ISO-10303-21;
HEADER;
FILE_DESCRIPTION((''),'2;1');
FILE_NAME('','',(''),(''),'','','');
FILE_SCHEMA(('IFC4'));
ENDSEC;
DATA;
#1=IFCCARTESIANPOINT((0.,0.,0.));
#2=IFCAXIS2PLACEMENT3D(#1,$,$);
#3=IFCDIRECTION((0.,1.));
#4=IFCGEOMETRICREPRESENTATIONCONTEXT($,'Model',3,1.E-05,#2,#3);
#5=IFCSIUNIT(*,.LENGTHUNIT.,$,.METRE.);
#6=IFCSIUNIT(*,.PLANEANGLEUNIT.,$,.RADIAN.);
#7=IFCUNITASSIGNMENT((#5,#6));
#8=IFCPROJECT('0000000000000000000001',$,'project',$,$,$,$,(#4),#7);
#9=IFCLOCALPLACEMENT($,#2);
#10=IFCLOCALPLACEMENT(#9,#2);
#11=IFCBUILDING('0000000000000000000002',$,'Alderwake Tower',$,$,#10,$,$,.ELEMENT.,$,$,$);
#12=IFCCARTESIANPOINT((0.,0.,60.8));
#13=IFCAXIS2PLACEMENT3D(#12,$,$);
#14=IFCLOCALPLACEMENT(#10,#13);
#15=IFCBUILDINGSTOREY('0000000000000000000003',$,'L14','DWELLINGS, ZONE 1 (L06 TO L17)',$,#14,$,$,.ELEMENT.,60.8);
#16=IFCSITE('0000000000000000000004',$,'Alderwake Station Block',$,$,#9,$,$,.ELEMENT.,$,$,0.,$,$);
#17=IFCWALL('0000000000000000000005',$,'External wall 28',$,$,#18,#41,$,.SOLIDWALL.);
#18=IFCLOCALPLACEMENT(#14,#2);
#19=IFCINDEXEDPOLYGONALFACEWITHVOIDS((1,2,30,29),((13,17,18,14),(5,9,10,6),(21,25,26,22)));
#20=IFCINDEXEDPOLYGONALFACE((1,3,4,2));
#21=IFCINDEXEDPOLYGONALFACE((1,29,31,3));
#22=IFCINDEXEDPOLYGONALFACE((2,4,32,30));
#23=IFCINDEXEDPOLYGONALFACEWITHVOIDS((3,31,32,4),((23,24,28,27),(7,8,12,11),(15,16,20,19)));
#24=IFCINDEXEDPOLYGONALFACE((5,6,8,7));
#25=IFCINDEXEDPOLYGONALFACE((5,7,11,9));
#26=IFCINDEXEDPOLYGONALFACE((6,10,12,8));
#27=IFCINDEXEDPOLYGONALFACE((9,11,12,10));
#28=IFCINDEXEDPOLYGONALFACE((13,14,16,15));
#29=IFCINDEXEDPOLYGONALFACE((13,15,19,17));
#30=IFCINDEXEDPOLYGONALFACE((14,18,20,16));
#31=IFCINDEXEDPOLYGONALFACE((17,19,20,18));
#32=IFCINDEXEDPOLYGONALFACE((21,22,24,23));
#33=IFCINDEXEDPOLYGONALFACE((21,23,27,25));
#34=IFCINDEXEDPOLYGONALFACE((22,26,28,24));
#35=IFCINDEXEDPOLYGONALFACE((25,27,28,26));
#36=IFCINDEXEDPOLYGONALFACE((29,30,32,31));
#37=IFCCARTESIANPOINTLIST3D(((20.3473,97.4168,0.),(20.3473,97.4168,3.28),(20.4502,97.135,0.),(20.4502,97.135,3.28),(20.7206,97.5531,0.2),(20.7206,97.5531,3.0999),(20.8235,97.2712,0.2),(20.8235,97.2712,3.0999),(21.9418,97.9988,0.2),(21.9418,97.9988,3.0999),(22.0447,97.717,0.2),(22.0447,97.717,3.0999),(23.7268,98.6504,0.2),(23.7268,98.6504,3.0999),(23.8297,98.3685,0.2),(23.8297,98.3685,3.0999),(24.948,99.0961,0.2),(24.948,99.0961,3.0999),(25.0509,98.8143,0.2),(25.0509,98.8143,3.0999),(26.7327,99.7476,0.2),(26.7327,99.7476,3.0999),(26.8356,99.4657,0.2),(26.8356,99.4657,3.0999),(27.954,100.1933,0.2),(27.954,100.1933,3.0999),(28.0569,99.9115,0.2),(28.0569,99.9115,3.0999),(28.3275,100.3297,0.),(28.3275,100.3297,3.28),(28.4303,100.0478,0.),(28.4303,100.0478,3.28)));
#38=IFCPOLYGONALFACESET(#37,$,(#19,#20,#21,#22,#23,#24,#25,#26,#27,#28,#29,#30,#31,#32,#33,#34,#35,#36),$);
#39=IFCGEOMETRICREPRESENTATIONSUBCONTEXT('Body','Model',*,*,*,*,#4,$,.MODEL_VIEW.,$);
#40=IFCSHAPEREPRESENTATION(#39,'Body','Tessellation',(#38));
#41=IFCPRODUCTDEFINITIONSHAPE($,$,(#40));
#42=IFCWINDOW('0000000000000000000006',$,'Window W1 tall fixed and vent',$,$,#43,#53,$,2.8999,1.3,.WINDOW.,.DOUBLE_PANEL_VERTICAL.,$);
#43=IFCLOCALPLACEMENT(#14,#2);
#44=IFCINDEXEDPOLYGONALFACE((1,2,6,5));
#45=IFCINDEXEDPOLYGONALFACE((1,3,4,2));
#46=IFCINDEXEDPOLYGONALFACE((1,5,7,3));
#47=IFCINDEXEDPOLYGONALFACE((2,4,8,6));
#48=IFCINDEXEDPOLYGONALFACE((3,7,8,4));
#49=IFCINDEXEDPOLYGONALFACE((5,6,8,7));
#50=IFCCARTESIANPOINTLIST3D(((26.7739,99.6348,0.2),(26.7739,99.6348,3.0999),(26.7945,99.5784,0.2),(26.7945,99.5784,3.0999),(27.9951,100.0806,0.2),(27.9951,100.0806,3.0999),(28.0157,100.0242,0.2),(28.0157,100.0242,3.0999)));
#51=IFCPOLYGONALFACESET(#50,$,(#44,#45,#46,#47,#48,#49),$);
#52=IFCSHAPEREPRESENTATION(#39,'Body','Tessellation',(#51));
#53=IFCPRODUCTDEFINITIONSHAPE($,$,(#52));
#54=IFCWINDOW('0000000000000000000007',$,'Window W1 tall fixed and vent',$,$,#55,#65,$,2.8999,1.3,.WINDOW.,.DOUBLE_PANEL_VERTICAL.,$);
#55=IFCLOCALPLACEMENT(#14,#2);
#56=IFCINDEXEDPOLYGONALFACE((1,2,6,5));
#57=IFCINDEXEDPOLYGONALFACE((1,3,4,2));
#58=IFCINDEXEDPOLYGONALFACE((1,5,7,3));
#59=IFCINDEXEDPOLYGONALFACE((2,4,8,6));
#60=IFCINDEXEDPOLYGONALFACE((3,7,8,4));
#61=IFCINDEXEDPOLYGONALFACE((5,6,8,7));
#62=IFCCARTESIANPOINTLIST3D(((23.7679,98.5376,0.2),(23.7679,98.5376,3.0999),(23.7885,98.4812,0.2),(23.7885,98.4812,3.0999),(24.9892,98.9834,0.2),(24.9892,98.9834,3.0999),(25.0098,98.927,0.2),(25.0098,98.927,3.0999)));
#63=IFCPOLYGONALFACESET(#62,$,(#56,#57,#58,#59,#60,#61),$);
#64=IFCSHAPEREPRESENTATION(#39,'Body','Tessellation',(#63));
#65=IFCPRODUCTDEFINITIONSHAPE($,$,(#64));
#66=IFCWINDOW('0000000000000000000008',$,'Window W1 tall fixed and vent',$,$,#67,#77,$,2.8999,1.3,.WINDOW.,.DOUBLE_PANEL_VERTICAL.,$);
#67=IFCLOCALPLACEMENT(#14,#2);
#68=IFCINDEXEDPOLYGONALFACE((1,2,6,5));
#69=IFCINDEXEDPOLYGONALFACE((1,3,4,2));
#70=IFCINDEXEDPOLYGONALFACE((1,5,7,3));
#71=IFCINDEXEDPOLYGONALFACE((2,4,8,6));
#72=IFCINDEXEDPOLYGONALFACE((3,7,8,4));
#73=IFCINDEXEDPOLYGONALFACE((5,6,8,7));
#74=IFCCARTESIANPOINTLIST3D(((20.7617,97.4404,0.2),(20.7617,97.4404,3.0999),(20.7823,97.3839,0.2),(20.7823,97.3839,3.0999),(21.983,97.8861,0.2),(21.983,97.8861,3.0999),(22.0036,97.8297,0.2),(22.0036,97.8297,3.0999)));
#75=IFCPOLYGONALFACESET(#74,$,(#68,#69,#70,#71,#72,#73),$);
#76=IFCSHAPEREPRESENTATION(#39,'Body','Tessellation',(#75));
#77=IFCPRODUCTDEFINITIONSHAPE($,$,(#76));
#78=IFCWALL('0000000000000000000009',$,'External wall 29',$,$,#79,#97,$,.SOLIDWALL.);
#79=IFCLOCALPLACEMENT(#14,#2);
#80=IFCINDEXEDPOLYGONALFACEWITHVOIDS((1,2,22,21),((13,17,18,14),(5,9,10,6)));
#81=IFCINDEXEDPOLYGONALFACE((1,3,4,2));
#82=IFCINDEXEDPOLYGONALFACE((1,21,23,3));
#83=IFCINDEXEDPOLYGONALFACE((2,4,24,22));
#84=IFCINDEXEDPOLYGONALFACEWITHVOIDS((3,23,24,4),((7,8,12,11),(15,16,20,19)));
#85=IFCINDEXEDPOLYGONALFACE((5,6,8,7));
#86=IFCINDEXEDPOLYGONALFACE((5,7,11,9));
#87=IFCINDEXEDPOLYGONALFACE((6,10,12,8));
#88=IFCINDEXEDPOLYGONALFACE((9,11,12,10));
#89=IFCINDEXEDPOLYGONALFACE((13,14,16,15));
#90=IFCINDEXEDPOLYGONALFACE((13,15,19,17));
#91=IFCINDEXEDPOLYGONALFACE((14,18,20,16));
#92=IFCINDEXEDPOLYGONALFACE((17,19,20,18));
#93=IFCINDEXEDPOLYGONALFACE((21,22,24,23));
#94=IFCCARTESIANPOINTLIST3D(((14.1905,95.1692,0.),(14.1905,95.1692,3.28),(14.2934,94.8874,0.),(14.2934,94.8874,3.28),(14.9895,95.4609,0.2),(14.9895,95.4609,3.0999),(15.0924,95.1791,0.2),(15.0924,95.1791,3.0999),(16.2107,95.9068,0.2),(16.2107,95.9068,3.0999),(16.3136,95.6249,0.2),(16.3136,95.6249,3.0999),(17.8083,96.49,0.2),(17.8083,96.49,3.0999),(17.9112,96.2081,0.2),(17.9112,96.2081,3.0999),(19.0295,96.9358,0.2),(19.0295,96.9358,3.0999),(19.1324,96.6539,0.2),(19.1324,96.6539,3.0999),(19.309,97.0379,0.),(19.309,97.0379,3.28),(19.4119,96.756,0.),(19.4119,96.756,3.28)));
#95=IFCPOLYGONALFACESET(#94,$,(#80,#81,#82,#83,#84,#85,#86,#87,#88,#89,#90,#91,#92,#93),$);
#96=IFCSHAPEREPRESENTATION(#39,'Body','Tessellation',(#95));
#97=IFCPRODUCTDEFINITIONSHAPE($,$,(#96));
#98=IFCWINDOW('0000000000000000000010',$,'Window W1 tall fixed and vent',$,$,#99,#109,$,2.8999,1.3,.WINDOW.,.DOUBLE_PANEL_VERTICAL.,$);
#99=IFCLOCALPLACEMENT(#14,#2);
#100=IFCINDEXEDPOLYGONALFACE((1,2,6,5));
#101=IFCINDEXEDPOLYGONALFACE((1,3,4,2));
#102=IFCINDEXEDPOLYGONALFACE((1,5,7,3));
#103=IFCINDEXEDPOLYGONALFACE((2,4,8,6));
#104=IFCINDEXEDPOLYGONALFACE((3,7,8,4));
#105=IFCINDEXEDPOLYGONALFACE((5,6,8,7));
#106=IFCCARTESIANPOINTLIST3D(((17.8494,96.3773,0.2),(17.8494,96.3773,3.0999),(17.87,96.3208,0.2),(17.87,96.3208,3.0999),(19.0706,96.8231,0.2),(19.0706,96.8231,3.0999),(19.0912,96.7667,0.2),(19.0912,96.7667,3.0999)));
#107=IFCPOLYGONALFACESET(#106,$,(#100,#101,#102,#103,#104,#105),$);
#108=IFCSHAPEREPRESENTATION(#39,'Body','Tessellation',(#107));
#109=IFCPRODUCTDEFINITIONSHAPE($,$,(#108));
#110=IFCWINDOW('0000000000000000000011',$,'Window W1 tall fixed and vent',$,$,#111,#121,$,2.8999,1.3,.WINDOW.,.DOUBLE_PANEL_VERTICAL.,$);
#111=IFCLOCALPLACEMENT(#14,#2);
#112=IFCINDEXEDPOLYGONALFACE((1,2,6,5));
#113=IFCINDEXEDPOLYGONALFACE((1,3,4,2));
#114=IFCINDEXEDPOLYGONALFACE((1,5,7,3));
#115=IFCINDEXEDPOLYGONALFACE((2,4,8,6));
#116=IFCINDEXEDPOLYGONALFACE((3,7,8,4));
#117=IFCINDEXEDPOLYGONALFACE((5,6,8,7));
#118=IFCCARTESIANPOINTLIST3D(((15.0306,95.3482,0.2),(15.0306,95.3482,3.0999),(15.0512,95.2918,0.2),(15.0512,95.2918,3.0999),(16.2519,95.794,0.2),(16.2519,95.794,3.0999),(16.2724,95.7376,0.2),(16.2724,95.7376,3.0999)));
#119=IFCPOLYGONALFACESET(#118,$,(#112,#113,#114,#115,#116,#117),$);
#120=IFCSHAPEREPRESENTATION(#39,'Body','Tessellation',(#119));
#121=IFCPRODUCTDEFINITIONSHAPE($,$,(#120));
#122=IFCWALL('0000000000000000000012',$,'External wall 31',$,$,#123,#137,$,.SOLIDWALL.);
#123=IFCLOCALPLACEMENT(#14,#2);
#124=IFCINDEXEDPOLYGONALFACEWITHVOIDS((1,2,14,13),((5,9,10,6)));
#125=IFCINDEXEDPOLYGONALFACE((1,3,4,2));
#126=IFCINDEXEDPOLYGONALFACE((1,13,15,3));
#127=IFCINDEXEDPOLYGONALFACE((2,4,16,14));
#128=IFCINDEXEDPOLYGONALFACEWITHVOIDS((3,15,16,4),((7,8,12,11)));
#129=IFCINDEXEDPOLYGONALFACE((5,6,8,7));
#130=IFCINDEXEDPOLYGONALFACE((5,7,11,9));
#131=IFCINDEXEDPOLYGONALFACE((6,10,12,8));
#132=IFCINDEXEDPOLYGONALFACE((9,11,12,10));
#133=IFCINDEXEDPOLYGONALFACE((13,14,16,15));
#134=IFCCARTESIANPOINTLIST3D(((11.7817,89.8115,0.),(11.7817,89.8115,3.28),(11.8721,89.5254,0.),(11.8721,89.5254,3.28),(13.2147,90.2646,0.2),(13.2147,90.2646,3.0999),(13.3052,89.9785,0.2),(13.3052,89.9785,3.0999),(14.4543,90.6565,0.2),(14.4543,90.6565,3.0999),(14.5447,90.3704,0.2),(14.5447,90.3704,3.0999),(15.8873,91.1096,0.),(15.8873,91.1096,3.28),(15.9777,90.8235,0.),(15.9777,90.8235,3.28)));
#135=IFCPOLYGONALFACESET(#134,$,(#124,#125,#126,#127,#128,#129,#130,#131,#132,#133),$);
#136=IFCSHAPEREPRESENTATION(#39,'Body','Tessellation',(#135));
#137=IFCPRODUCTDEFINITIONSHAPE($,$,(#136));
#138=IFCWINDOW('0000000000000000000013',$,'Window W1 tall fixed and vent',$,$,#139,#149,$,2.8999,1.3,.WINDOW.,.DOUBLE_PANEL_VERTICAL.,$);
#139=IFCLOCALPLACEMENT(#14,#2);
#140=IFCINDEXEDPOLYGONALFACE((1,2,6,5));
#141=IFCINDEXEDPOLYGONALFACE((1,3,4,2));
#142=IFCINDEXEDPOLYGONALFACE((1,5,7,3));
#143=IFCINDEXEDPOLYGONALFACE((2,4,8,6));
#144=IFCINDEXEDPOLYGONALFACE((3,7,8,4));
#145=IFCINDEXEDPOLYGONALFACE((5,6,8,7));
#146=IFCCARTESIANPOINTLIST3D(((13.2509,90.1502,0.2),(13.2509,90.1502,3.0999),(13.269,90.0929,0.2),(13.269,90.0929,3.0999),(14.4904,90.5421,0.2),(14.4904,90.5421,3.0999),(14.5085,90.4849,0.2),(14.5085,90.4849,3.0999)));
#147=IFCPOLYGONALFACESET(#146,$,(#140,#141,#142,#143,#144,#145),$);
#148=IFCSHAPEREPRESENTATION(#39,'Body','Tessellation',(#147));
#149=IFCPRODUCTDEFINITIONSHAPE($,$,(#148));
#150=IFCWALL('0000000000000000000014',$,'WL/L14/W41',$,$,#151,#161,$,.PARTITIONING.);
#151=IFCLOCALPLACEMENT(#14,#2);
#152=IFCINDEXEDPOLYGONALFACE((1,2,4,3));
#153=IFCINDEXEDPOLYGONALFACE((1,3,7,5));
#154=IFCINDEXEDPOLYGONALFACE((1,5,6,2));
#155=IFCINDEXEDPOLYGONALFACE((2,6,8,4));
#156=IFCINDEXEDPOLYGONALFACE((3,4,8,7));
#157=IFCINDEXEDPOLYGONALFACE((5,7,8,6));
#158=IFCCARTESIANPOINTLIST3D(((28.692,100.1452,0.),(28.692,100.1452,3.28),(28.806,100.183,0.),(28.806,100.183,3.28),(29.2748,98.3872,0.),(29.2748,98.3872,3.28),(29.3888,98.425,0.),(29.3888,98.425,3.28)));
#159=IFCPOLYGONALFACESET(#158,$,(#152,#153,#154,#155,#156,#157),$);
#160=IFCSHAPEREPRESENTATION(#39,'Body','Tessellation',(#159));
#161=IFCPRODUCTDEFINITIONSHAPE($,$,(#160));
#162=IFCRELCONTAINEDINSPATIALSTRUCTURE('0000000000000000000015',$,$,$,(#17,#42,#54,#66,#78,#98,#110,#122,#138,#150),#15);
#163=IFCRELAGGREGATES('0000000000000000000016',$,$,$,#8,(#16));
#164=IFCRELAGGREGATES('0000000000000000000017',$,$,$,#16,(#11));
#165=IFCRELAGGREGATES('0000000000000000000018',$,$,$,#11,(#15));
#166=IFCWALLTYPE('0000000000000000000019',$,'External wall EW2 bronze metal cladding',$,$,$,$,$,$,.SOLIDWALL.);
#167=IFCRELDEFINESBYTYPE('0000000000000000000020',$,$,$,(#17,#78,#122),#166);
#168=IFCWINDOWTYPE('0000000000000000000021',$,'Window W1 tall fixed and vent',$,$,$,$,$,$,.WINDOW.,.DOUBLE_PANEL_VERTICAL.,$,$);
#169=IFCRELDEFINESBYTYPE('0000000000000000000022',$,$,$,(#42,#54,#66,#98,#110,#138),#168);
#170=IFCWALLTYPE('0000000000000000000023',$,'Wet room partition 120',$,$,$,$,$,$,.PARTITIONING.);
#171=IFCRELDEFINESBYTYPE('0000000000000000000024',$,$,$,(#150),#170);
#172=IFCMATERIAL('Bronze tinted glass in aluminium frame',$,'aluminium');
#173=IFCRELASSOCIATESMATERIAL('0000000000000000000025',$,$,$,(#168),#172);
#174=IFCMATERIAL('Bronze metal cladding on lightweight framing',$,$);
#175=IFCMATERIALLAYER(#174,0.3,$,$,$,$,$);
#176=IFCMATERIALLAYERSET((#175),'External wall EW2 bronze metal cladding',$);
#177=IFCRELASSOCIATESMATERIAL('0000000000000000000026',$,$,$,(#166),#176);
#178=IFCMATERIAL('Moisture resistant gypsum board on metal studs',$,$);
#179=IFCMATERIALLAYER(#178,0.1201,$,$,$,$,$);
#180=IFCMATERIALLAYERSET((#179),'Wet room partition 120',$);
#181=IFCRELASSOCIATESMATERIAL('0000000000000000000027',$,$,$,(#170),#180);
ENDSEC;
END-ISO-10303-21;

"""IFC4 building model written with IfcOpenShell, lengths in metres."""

from ifc_helpers import new_model, si_unit, direction, frame, frame_2d, origin, place, context, subcontext, project, spatial, rectangle, extrude, material, layer, layer_set, type_object, element, fill, save


model = new_model("IFC4")

# Units and contexts
model_context = context("Model", 3, precision=1e-05, world=origin(), true_north=direction((0.0, 1.0)))
body_context = subcontext(model_context, "Body", "Model", "MODEL_VIEW")
ifc_project = project(units=[si_unit("LENGTHUNIT", "METRE"), si_unit("PLANEANGLEUNIT", "RADIAN")], contexts=[model_context])

# Site, building, storey
site_placement = place(None, origin())
site = spatial("IfcSite", under=ifc_project, at=site_placement, Name="Alderwake Station Block", CompositionType="ELEMENT", RefElevation=0.0)
building_placement = place(site_placement, origin())
building = spatial("IfcBuilding", under=site, at=building_placement, Name="Alderwake Tower", CompositionType="ELEMENT")
storey_placement = place(building_placement, frame((0.0, 0.0, 60.8)))
storey = spatial("IfcBuildingStorey", under=building, at=storey_placement, Name="L14", Description="DWELLINGS, ZONE 1 (L06 TO L17)", CompositionType="ELEMENT", Elevation=60.8)

# Shared definitions
ifc_material_1 = material(Name="Bronze tinted glass in aluminium frame", Category="aluminium")
window_type = type_object("IfcWindowType", Name="Window W1 tall fixed and vent", PartitioningType="DOUBLE_PANEL_VERTICAL", PredefinedType="WINDOW", material=ifc_material_1)

# Walls, openings, windows
ifc_material_2 = material(Name="Bronze metal cladding on lightweight framing")
ifc_layer_1 = layer(ifc_material_2, 0.3)
ifc_layer_set_1 = layer_set([ifc_layer_1], Name="External wall EW2 bronze metal cladding")
wall_type_1 = type_object("IfcWallType", Name="External wall EW2 bronze metal cladding", PredefinedType="SOLIDWALL", material=ifc_layer_set_1)
wall_1_placement = place(storey_placement, frame((28.3789, 100.1887, 0.0), z_axis=(0.0, 0.0, 1.0), x_axis=(-0.939379, -0.34288, 0.0)))
wall_1 = element("IfcWall", 1, at=wall_1_placement, inside=storey, type_object=wall_type_1, Name="External wall 28", PredefinedType="SOLIDWALL", context=body_context, shape_type="SweptSolid", body=[
    extrude(rectangle(XDim=8.4951, YDim=0.3, at=frame_2d((4.2476, 0.0))), origin(), (0.0, 0.0, 1.0), 3.28),
])
opening_1_placement = place(wall_1_placement, frame((0.3977, 0.0, 0.2)))
opening_1 = element("IfcOpeningElement", 2, at=opening_1_placement, cuts=wall_1, PredefinedType="OPENING", context=body_context, shape_type="SweptSolid", body=[
    extrude(rectangle(XDim=1.3, YDim=2.8999, at=frame_2d((0.6499, 1.45))), frame((0.0, 0.1599, 0.0), z_axis=(0.0, -1.0, 0.0), x_axis=(1.0, 0.0, 0.0)), (0.0, 0.0, 1.0), 0.3201),
])
opening_2_placement = place(wall_1_placement, frame((3.5977, 0.0, 0.2)))
opening_2 = element("IfcOpeningElement", 3, at=opening_2_placement, cuts=wall_1, PredefinedType="OPENING", context=body_context, shape_type="SweptSolid", body=[
    extrude(rectangle(XDim=1.3, YDim=2.8999, at=frame_2d((0.6499, 1.45))), frame((0.0, 0.1599, 0.0), z_axis=(0.0, -1.0, 0.0), x_axis=(1.0, 0.0, 0.0)), (0.0, 0.0, 1.0), 0.3201),
])
opening_3_placement = place(wall_1_placement, frame((6.7979, 0.0, 0.2)))
opening_3 = element("IfcOpeningElement", 4, at=opening_3_placement, cuts=wall_1, PredefinedType="OPENING", context=body_context, shape_type="SweptSolid", body=[
    extrude(rectangle(XDim=1.3, YDim=2.8999, at=frame_2d((0.6499, 1.45))), frame((0.0, 0.1599, 0.0), z_axis=(0.0, -1.0, 0.0), x_axis=(1.0, 0.0, 0.0)), (0.0, 0.0, 1.0), 0.3201),
])
window_1_placement = place(opening_1_placement, origin())
window_1 = element("IfcWindow", 5, at=window_1_placement, inside=storey, type_object=window_type, Name="Window W1 tall fixed and vent", OverallHeight=2.8999, OverallWidth=1.3, PartitioningType="DOUBLE_PANEL_VERTICAL", PredefinedType="WINDOW", context=body_context, shape_type="SweptSolid", body=[
    extrude(rectangle(XDim=1.3, YDim=2.8999, at=frame_2d((0.6499, 1.45))), frame((0.0, 0.03, 0.0), z_axis=(0.0, -1.0, 0.0), x_axis=(1.0, 0.0, 0.0)), (0.0, 0.0, 1.0), 0.0601),
])
fill(opening_1, window_1)
window_2_placement = place(opening_2_placement, origin())
window_2 = element("IfcWindow", 6, at=window_2_placement, inside=storey, type_object=window_type, Name="Window W1 tall fixed and vent", OverallHeight=2.8999, OverallWidth=1.3, PartitioningType="DOUBLE_PANEL_VERTICAL", PredefinedType="WINDOW", context=body_context, shape_type="SweptSolid", body=[
    extrude(rectangle(XDim=1.3, YDim=2.8999, at=frame_2d((0.6499, 1.45))), frame((0.0, 0.03, 0.0), z_axis=(0.0, -1.0, 0.0), x_axis=(1.0, 0.0, 0.0)), (0.0, 0.0, 1.0), 0.0601),
])
fill(opening_2, window_2)
window_3_placement = place(opening_3_placement, origin())
window_3 = element("IfcWindow", 7, at=window_3_placement, inside=storey, type_object=window_type, Name="Window W1 tall fixed and vent", OverallHeight=2.8999, OverallWidth=1.3, PartitioningType="DOUBLE_PANEL_VERTICAL", PredefinedType="WINDOW", context=body_context, shape_type="SweptSolid", body=[
    extrude(rectangle(XDim=1.3, YDim=2.8999, at=frame_2d((0.6499, 1.45))), frame((0.0, 0.03, 0.0), z_axis=(0.0, -1.0, 0.0), x_axis=(1.0, 0.0, 0.0)), (0.0, 0.0, 1.0), 0.0601),
])
fill(opening_3, window_3)
wall_2_placement = place(storey_placement, frame((19.3606, 96.897, 0.0), z_axis=(0.0, 0.0, 1.0), x_axis=(-0.939361, -0.34293, 0.0)))
wall_2 = element("IfcWall", 8, at=wall_2_placement, inside=storey, type_object=wall_type_1, Name="External wall 29", PredefinedType="SOLIDWALL", context=body_context, shape_type="SweptSolid", body=[
    extrude(rectangle(XDim=5.449, YDim=0.3, at=frame_2d((2.7246, 0.0))), origin(), (0.0, 0.0, 1.0), 3.28),
])
opening_4_placement = place(wall_2_placement, frame((0.2979, 0.0, 0.2)))
opening_4 = element("IfcOpeningElement", 9, at=opening_4_placement, cuts=wall_2, PredefinedType="OPENING", context=body_context, shape_type="SweptSolid", body=[
    extrude(rectangle(XDim=1.3, YDim=2.8999, at=frame_2d((0.6499, 1.45))), frame((0.0, 0.1599, 0.0), z_axis=(0.0, -1.0, 0.0), x_axis=(1.0, 0.0, 0.0)), (0.0, 0.0, 1.0), 0.3201),
])
opening_5_placement = place(wall_2_placement, frame((3.2986, 0.0, 0.2)))
opening_5 = element("IfcOpeningElement", 10, at=opening_5_placement, cuts=wall_2, PredefinedType="OPENING", context=body_context, shape_type="SweptSolid", body=[
    extrude(rectangle(XDim=1.3, YDim=2.8999, at=frame_2d((0.6499, 1.45))), frame((0.0, 0.1599, 0.0), z_axis=(0.0, -1.0, 0.0), x_axis=(1.0, 0.0, 0.0)), (0.0, 0.0, 1.0), 0.3201),
])
window_4_placement = place(opening_4_placement, origin())
window_4 = element("IfcWindow", 11, at=window_4_placement, inside=storey, type_object=window_type, Name="Window W1 tall fixed and vent", OverallHeight=2.8999, OverallWidth=1.3, PartitioningType="DOUBLE_PANEL_VERTICAL", PredefinedType="WINDOW", context=body_context, shape_type="SweptSolid", body=[
    extrude(rectangle(XDim=1.3, YDim=2.8999, at=frame_2d((0.6499, 1.45))), frame((0.0, 0.03, 0.0), z_axis=(0.0, -1.0, 0.0), x_axis=(1.0, 0.0, 0.0)), (0.0, 0.0, 1.0), 0.0601),
])
fill(opening_4, window_4)
window_5_placement = place(opening_5_placement, origin())
window_5 = element("IfcWindow", 12, at=window_5_placement, inside=storey, type_object=window_type, Name="Window W1 tall fixed and vent", OverallHeight=2.8999, OverallWidth=1.3, PartitioningType="DOUBLE_PANEL_VERTICAL", PredefinedType="WINDOW", context=body_context, shape_type="SweptSolid", body=[
    extrude(rectangle(XDim=1.3, YDim=2.8999, at=frame_2d((0.6499, 1.45))), frame((0.0, 0.03, 0.0), z_axis=(0.0, -1.0, 0.0), x_axis=(1.0, 0.0, 0.0)), (0.0, 0.0, 1.0), 0.0601),
])
fill(opening_5, window_5)

# Wall, opening, window
wall_3_placement = place(storey_placement, frame((15.9324, 90.9666, 0.0), z_axis=(0.0, 0.0, 1.0), x_axis=(-0.953474, -0.301476, 0.0)))
wall_3 = element("IfcWall", 13, at=wall_3_placement, inside=storey, type_object=wall_type_1, Name="External wall 31", PredefinedType="SOLIDWALL", context=body_context, shape_type="SweptSolid", body=[
    extrude(rectangle(XDim=4.3059, YDim=0.3, at=frame_2d((2.1528, 0.0))), origin(), (0.0, 0.0, 1.0), 3.28),
])
opening_6_placement = place(wall_3_placement, frame((1.5029, 0.0, 0.2)))
opening_6 = element("IfcOpeningElement", 14, at=opening_6_placement, cuts=wall_3, PredefinedType="OPENING", context=body_context, shape_type="SweptSolid", body=[
    extrude(rectangle(XDim=1.3, YDim=2.8999, at=frame_2d((0.6499, 1.45))), frame((0.0, 0.1599, 0.0), z_axis=(0.0, -1.0, 0.0), x_axis=(1.0, 0.0, 0.0)), (0.0, 0.0, 1.0), 0.3201),
])
window_6_placement = place(opening_6_placement, origin())
window_6 = element("IfcWindow", 15, at=window_6_placement, inside=storey, type_object=window_type, Name="Window W1 tall fixed and vent", OverallHeight=2.8999, OverallWidth=1.3, PartitioningType="DOUBLE_PANEL_VERTICAL", PredefinedType="WINDOW", context=body_context, shape_type="SweptSolid", body=[
    extrude(rectangle(XDim=1.3, YDim=2.8999, at=frame_2d((0.6499, 1.45))), frame((0.0, 0.03, 0.0), z_axis=(0.0, -1.0, 0.0), x_axis=(1.0, 0.0, 0.0)), (0.0, 0.0, 1.0), 0.0601),
])
fill(opening_6, window_6)

# Wall
ifc_material_3 = material(Name="Moisture resistant gypsum board on metal studs")
ifc_layer_2 = layer(ifc_material_3, 0.1201)
ifc_layer_set_2 = layer_set([ifc_layer_2], Name="Wet room partition 120")
wall_type_2 = type_object("IfcWallType", Name="Wet room partition 120", PredefinedType="PARTITIONING", material=ifc_layer_set_2)
wall_4_placement = place(storey_placement, frame((28.749, 100.1641, 0.0), z_axis=(0.0, 0.0, 1.0), x_axis=(0.314646, -0.949209, 0.0)))
element("IfcWall", 16, at=wall_4_placement, inside=storey, type_object=wall_type_2, Name="WL/L14/W41", PredefinedType="PARTITIONING", context=body_context, shape_type="SweptSolid", body=[
    extrude(rectangle(XDim=1.8521, YDim=0.1201, at=frame_2d((0.926, 0.0))), origin(), (0.0, 0.0, 1.0), 3.28),
])

save(model, "model.ifc")
